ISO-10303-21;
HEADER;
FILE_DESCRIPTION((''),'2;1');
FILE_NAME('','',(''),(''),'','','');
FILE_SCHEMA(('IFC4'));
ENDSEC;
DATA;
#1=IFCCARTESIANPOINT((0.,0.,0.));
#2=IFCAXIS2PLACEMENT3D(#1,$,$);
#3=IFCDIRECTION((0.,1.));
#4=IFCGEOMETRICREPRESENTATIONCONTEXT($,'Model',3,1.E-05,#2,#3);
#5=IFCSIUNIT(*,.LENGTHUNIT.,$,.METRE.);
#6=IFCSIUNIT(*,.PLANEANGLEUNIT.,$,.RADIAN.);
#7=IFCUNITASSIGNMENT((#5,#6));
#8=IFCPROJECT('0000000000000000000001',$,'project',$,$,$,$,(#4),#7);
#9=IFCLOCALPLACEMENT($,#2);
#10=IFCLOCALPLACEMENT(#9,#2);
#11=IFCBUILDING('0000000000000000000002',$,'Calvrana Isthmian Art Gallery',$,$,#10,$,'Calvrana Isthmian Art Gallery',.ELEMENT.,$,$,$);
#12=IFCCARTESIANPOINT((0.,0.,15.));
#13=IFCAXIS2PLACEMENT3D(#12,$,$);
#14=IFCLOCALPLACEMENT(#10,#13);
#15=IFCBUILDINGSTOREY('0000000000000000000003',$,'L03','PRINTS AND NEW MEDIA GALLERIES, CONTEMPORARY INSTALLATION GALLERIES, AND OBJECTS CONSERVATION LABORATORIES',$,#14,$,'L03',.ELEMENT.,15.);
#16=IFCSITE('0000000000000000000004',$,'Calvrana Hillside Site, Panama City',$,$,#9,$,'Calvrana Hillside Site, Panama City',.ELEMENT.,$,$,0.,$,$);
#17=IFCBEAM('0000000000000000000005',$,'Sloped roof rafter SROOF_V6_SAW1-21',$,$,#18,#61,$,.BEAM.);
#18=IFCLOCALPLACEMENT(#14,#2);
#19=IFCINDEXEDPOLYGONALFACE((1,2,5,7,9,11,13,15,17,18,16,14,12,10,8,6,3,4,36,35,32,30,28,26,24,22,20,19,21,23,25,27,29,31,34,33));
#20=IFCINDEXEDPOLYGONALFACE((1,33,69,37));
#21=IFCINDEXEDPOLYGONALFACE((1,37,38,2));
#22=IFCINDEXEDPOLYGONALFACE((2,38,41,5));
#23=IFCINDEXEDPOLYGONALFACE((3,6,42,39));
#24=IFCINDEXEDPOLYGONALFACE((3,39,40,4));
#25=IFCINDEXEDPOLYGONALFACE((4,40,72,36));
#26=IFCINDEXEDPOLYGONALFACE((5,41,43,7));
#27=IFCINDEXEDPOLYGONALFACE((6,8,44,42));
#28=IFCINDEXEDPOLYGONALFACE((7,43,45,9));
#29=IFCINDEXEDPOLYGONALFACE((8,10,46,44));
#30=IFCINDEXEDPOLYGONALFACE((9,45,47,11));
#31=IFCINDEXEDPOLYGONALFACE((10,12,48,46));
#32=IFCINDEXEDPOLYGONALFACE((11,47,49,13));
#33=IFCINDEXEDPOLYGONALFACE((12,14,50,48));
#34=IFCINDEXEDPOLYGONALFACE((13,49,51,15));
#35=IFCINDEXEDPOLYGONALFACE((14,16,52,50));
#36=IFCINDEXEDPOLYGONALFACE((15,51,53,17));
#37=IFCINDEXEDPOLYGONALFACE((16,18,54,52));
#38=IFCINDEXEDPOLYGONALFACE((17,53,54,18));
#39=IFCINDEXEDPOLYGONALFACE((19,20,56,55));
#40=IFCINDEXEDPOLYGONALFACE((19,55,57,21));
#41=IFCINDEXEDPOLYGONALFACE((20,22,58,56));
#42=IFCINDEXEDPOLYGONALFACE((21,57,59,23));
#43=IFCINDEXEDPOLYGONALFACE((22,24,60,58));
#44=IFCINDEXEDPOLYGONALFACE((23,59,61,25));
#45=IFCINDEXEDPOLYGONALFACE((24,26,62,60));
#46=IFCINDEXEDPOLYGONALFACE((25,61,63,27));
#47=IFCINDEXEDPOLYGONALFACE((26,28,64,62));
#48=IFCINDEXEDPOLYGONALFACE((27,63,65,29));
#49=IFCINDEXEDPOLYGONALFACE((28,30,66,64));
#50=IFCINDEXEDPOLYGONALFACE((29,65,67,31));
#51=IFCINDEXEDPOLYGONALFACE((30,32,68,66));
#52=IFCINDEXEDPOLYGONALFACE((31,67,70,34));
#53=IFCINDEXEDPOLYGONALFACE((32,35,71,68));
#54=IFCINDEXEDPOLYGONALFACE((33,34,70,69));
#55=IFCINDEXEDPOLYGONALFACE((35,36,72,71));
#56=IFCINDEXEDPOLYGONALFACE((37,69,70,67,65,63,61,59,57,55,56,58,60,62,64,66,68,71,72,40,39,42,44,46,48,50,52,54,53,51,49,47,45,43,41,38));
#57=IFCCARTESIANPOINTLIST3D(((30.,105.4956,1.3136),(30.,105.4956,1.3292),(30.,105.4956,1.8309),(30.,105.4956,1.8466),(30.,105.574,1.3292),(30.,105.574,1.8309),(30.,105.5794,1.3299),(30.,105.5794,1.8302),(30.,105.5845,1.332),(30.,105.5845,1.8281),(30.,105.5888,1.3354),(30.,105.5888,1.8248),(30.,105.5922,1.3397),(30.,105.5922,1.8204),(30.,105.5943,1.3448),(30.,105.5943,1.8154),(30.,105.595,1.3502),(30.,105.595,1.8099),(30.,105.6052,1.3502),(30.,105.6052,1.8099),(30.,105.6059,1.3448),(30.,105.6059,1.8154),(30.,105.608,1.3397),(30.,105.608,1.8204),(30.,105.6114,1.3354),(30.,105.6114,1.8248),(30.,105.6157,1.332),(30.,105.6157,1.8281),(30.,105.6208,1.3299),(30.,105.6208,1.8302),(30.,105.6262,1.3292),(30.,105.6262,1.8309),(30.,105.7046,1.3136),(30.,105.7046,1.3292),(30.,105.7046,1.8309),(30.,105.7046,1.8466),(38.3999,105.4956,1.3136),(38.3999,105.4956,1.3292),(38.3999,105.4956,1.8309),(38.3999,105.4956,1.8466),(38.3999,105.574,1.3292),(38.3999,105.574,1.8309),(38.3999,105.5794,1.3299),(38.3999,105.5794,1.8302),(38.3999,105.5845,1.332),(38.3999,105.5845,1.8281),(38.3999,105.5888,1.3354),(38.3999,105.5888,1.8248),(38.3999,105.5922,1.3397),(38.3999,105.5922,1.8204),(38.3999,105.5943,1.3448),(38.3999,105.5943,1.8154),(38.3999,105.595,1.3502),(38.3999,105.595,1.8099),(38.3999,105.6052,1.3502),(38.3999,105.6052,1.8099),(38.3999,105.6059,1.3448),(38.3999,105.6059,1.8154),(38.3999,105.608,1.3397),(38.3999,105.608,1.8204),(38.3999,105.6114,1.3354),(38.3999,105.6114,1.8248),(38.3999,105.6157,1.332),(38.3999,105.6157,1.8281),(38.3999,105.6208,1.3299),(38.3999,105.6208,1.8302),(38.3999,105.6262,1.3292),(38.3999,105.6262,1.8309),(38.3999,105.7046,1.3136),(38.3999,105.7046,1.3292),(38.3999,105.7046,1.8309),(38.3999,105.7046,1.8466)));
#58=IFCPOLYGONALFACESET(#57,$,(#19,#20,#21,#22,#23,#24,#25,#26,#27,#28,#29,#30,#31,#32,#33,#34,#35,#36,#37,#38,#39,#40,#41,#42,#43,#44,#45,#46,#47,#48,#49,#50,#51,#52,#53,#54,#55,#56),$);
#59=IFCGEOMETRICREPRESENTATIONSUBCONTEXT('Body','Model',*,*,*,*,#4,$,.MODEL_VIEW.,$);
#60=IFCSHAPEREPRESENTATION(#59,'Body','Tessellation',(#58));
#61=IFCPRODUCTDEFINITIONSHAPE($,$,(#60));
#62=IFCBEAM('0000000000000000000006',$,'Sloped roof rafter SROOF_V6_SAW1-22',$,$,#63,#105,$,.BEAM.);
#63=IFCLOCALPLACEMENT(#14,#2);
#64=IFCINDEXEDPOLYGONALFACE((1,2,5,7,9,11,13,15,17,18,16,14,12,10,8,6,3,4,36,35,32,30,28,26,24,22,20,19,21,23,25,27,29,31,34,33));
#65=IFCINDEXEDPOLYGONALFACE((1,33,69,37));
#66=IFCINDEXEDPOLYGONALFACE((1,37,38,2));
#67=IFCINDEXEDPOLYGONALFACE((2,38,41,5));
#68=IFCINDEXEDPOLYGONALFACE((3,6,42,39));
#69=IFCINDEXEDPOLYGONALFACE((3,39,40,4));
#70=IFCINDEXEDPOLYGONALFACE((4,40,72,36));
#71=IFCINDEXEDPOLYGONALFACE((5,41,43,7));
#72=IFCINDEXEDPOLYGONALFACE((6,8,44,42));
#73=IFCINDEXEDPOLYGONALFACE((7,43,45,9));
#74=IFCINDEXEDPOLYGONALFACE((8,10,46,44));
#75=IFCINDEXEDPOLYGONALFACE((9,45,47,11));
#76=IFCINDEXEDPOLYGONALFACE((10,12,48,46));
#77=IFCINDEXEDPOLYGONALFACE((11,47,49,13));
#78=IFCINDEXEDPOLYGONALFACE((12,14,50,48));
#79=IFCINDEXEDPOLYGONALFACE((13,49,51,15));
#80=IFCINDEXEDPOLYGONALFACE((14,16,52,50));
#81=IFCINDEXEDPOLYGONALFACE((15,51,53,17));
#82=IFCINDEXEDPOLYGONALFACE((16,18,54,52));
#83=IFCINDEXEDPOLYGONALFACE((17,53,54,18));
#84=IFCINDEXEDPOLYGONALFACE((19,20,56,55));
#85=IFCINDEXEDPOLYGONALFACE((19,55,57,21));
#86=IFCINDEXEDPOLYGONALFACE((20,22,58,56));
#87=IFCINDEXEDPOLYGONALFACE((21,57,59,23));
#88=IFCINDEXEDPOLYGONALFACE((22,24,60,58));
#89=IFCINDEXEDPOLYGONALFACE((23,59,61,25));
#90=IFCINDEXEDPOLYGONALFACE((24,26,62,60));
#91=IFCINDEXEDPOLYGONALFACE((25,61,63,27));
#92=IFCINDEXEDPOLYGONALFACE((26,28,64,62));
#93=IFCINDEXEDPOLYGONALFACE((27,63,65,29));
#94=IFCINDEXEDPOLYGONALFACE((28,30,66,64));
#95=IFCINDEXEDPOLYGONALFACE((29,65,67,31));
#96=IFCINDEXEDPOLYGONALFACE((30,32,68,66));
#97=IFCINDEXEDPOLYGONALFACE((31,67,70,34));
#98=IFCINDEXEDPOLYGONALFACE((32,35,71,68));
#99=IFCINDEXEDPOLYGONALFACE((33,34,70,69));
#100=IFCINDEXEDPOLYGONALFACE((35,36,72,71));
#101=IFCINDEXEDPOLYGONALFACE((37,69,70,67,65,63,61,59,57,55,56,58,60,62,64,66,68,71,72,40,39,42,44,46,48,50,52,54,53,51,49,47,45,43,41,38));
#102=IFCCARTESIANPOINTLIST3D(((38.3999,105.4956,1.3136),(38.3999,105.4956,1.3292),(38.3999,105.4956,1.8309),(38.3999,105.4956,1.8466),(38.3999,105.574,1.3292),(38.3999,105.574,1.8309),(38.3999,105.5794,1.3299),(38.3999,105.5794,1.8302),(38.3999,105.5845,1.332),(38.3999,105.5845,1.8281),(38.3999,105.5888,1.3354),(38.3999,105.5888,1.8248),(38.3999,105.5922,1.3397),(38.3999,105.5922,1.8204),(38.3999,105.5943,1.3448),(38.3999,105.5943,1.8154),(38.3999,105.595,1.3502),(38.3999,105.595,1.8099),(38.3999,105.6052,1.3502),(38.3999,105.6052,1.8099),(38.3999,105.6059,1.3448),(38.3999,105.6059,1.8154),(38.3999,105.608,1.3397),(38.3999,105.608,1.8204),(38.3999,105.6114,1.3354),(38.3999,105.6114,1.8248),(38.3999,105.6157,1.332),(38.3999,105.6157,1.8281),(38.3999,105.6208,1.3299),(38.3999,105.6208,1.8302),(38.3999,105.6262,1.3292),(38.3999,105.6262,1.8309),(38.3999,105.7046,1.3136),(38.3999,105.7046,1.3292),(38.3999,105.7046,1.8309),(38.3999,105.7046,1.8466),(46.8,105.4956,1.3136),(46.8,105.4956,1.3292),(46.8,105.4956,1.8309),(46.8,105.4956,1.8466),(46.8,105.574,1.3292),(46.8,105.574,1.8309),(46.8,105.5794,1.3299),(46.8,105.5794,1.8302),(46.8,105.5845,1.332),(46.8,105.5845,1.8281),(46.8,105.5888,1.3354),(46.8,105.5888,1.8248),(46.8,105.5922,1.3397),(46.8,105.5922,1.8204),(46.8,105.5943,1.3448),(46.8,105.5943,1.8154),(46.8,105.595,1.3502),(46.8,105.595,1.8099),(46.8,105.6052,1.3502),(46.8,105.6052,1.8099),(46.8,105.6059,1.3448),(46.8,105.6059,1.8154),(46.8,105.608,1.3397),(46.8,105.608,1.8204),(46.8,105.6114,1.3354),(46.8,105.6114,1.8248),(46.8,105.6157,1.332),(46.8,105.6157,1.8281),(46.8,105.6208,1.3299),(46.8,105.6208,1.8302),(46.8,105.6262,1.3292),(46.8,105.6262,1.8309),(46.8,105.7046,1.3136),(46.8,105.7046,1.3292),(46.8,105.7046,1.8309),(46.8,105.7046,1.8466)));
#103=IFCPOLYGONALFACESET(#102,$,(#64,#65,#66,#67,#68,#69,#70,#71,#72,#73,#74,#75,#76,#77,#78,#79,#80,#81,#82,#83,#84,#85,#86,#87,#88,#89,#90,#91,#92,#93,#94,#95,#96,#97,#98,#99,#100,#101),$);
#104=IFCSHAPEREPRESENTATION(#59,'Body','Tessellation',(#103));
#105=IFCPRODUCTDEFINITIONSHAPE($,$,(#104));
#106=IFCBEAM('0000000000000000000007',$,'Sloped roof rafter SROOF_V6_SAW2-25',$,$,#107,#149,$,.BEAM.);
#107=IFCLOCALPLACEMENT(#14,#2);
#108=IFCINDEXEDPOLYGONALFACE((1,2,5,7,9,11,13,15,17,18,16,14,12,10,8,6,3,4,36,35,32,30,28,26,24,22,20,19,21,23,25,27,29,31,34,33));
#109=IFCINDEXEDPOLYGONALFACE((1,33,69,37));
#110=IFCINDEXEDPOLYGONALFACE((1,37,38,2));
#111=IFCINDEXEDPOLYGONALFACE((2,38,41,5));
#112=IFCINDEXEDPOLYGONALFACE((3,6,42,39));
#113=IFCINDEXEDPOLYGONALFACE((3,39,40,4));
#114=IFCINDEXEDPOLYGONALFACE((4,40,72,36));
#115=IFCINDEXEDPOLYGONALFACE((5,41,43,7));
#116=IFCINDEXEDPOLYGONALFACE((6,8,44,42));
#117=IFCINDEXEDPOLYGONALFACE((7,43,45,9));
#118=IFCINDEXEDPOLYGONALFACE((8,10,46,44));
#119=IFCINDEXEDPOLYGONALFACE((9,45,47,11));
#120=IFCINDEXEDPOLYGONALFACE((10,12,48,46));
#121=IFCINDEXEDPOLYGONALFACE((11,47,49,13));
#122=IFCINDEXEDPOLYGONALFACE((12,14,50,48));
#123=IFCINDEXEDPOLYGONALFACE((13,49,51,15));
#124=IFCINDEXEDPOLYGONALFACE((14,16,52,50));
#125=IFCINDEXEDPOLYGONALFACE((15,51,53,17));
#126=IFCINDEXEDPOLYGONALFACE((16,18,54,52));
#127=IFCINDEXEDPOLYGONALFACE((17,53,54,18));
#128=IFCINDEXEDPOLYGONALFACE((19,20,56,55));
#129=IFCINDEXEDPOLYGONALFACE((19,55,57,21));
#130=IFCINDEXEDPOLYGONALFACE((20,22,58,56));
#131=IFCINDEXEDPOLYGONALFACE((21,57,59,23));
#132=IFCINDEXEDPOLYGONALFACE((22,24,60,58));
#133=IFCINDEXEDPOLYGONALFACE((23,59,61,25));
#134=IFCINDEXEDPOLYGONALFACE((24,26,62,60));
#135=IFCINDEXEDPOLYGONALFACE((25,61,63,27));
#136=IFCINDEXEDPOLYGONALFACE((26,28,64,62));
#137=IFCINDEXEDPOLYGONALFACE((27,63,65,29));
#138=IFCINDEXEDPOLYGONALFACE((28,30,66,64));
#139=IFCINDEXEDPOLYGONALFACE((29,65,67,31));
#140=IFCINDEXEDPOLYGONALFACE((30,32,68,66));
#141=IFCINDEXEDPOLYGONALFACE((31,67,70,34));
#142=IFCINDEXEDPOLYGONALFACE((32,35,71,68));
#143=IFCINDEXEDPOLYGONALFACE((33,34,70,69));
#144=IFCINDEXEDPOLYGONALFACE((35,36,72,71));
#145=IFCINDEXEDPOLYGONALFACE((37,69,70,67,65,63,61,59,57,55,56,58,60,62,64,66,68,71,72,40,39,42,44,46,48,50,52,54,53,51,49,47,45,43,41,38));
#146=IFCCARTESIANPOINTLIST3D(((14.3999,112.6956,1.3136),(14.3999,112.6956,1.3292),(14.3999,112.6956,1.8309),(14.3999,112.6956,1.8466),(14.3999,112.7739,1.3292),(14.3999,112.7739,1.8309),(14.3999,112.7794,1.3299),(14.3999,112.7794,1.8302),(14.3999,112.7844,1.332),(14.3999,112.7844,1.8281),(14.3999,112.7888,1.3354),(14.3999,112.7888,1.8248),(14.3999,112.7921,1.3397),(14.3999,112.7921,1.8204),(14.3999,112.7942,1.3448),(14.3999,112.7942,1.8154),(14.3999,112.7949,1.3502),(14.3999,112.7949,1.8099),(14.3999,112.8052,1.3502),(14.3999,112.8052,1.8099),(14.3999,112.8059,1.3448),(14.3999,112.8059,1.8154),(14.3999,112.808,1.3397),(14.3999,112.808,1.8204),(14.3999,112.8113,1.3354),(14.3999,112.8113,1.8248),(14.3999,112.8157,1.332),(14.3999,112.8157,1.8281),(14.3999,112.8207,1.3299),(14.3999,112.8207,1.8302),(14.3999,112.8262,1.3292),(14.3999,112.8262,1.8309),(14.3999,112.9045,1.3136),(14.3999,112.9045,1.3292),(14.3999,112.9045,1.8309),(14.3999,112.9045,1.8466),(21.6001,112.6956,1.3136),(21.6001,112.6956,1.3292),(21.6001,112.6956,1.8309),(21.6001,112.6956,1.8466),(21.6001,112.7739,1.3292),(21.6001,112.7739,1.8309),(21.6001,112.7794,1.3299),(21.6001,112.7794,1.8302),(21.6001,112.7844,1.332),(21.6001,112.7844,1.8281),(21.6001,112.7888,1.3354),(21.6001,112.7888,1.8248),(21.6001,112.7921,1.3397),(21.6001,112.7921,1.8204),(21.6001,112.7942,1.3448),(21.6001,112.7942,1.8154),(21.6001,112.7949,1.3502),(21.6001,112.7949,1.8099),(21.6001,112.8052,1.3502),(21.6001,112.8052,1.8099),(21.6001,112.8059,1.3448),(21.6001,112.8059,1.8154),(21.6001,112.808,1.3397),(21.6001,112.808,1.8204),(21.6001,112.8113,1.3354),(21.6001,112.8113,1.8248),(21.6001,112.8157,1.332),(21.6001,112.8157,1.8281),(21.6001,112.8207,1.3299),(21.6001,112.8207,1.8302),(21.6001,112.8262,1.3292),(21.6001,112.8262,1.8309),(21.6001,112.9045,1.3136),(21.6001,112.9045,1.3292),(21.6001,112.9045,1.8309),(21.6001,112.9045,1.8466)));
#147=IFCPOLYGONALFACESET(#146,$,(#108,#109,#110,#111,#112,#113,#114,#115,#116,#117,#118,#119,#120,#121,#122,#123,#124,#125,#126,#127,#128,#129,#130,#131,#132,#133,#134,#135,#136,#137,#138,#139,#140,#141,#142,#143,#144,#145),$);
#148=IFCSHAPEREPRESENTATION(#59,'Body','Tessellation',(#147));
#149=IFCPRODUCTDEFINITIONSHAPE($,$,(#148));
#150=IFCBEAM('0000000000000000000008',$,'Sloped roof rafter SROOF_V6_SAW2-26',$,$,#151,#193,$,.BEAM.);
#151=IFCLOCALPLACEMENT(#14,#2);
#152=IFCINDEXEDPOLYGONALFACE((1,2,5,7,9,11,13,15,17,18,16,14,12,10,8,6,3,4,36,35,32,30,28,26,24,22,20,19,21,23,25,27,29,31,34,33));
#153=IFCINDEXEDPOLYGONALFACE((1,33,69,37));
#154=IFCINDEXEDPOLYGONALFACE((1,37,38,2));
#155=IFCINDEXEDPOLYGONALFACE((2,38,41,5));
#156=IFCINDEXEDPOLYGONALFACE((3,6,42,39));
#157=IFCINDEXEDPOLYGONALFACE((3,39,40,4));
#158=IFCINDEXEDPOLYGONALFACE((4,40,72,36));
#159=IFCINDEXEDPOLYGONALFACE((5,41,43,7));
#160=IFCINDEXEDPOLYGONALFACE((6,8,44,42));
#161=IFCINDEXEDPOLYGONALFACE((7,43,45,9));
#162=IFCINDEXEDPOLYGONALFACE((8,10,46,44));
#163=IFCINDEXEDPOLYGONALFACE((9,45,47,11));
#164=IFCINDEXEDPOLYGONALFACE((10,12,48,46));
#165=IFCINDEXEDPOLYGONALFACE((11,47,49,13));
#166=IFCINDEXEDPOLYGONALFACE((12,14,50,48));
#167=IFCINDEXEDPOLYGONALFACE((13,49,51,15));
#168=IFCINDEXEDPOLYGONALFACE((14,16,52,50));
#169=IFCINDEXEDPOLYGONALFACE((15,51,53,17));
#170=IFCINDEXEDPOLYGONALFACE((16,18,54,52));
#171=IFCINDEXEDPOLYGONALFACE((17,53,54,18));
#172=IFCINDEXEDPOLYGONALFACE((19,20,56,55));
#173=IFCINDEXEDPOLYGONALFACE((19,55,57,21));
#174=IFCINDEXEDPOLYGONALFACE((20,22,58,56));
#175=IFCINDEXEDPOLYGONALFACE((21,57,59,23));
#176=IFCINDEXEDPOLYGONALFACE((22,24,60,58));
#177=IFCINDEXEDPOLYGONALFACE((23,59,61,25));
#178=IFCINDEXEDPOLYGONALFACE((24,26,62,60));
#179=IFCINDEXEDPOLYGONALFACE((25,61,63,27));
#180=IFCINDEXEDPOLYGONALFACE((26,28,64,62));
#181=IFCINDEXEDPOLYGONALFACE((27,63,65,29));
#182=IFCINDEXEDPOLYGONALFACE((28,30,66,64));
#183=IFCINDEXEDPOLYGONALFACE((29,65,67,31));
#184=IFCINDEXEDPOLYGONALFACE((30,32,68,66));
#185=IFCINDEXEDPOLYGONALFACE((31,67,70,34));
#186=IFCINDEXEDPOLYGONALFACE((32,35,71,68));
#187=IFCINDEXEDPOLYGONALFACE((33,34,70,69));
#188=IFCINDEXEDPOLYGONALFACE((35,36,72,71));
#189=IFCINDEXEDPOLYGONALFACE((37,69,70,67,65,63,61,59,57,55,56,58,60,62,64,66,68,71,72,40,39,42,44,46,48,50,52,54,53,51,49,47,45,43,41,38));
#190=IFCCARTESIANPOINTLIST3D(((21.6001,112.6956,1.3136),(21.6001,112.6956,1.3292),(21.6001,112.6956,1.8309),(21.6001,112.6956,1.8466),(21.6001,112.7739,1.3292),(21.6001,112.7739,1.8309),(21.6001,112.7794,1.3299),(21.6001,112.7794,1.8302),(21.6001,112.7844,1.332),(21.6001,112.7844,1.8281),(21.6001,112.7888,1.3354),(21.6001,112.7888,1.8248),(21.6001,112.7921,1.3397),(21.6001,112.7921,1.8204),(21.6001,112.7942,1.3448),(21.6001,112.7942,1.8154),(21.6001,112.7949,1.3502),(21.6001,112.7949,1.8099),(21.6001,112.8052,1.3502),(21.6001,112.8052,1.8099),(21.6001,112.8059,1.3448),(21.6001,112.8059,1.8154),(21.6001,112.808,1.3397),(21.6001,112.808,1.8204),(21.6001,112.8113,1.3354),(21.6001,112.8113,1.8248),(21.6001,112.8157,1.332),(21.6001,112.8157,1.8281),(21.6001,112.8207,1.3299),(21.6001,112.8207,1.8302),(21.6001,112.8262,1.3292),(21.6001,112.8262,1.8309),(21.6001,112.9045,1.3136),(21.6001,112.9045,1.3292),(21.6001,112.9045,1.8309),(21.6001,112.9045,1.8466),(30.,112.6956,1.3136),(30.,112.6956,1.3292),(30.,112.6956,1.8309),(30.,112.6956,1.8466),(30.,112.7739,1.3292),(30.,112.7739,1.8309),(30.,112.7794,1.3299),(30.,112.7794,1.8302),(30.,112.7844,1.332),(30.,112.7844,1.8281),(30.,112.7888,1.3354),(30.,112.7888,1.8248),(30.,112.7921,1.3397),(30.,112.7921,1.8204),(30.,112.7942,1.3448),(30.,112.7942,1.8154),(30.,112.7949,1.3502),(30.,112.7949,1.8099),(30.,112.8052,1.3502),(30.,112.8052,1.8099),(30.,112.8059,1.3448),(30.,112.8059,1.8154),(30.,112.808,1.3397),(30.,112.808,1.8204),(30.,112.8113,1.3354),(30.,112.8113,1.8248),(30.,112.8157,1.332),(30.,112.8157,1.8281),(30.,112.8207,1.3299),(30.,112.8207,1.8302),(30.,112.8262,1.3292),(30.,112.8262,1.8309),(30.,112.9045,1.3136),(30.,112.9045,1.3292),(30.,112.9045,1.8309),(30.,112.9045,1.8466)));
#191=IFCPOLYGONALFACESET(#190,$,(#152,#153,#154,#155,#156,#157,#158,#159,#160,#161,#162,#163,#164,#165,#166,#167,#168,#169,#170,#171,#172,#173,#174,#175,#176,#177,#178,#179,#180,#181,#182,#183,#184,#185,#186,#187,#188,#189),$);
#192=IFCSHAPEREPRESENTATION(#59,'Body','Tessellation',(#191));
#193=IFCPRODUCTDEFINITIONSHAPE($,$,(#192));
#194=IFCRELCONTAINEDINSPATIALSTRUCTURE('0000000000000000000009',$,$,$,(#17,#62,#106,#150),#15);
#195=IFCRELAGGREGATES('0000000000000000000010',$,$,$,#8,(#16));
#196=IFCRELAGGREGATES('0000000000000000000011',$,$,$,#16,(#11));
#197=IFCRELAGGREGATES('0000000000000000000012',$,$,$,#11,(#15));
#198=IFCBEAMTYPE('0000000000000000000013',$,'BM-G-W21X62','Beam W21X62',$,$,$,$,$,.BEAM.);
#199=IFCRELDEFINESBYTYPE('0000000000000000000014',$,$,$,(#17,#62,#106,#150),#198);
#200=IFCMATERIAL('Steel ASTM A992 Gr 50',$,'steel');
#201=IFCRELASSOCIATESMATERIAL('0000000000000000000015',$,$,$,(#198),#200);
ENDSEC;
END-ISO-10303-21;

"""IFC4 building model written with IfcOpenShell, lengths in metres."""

from ifc_helpers import new_model, si_unit, direction, frame, origin, origin_2d, place, context, subcontext, project, spatial, i_section, extrude, material, material_profile, profile_set, type_object, element, save


model = new_model("IFC4")

# Units and contexts
model_context = context("Model", 3, precision=1e-05, world=origin(), true_north=direction((0.0, 1.0)))
body_context = subcontext(model_context, "Body", "Model", "MODEL_VIEW")
ifc_project = project(units=[si_unit("LENGTHUNIT", "METRE"), si_unit("PLANEANGLEUNIT", "RADIAN")], contexts=[model_context])

# Site, building, storey
site_placement = place(None, origin())
site = spatial("IfcSite", under=ifc_project, at=site_placement, Name="Calvrana Hillside Site, Panama City", LongName="Calvrana Hillside Site, Panama City", CompositionType="ELEMENT", RefElevation=0.0)
building_placement = place(site_placement, origin())
building = spatial("IfcBuilding", under=site, at=building_placement, Name="Calvrana Isthmian Art Gallery", LongName="Calvrana Isthmian Art Gallery", CompositionType="ELEMENT")
storey_placement = place(building_placement, frame((0.0, 0.0, 15.0)))
storey = spatial("IfcBuildingStorey", under=building, at=storey_placement, Name="L03", Description="PRINTS AND NEW MEDIA GALLERIES, CONTEMPORARY INSTALLATION GALLERIES, AND OBJECTS CONSERVATION LABORATORIES", LongName="L03", CompositionType="ELEMENT", Elevation=15.0)

# Beams
ifc_material_1 = material(Name="Steel ASTM A992 Gr 50", Category="steel")
ifc_material_profile_1 = material_profile(ifc_material_1, i_section(OverallWidth=0.209, OverallDepth=0.533, WebThickness=0.0103, FlangeThickness=0.0156, FilletRadius=0.021, at=origin_2d()), Name="W21X62")
ifc_profile_set_1 = profile_set([ifc_material_profile_1], Name="Steel ASTM A992 Gr 50")
beam_type = type_object("IfcBeamType", Name="BM-G-W21X62", Description="Beam W21X62", PredefinedType="BEAM", material=ifc_profile_set_1)
for number, where, z_axis, x_axis, name in (
    (1, (30.0, 105.6001, 1.5801), (1.0, 0.0, 0.0), (0.0, 1.0, 0.0), "Sloped roof rafter SROOF_V6_SAW1-21"),
):
    element("IfcBeam", number, at=place(storey_placement, frame(where, z_axis=z_axis, x_axis=x_axis)), inside=storey, type_object=beam_type, Name=name, PredefinedType="BEAM", context=body_context, shape_type="SweptSolid", body=[
        extrude(i_section(OverallWidth=0.209, OverallDepth=0.533, WebThickness=0.0103, FlangeThickness=0.0156, FilletRadius=0.021, at=origin_2d()), origin(), (0.0, 0.0, 1.0), 8.3999),
    ])
beam_1_placement = place(storey_placement, frame((38.3999, 105.6001, 1.5801), z_axis=(1.0, 0.0, 0.0), x_axis=(0.0, 1.0, 0.0)))
element("IfcBeam", 2, at=beam_1_placement, inside=storey, type_object=beam_type, Name="Sloped roof rafter SROOF_V6_SAW1-22", PredefinedType="BEAM", context=body_context, shape_type="SweptSolid", body=[
    extrude(i_section(OverallWidth=0.209, OverallDepth=0.533, WebThickness=0.0103, FlangeThickness=0.0156, FilletRadius=0.021, at=origin_2d()), origin(), (0.0, 0.0, 1.0), 8.4001),
])
beam_2_placement = place(storey_placement, frame((14.3999, 112.8, 1.5801), z_axis=(1.0, 0.0, 0.0), x_axis=(0.0, 1.0, 0.0)))
element("IfcBeam", 3, at=beam_2_placement, inside=storey, type_object=beam_type, Name="Sloped roof rafter SROOF_V6_SAW2-25", PredefinedType="BEAM", context=body_context, shape_type="SweptSolid", body=[
    extrude(i_section(OverallWidth=0.209, OverallDepth=0.533, WebThickness=0.0103, FlangeThickness=0.0156, FilletRadius=0.021, at=origin_2d()), origin(), (0.0, 0.0, 1.0), 7.2002),
])
for number, where, z_axis, x_axis, name in (
    (4, (21.6001, 112.8, 1.5801), (1.0, 0.0, 0.0), (0.0, 1.0, 0.0), "Sloped roof rafter SROOF_V6_SAW2-26"),
):
    element("IfcBeam", number, at=place(storey_placement, frame(where, z_axis=z_axis, x_axis=x_axis)), inside=storey, type_object=beam_type, Name=name, PredefinedType="BEAM", context=body_context, shape_type="SweptSolid", body=[
        extrude(i_section(OverallWidth=0.209, OverallDepth=0.533, WebThickness=0.0103, FlangeThickness=0.0156, FilletRadius=0.021, at=origin_2d()), origin(), (0.0, 0.0, 1.0), 8.3999),
    ])

save(model, "model.ifc")
